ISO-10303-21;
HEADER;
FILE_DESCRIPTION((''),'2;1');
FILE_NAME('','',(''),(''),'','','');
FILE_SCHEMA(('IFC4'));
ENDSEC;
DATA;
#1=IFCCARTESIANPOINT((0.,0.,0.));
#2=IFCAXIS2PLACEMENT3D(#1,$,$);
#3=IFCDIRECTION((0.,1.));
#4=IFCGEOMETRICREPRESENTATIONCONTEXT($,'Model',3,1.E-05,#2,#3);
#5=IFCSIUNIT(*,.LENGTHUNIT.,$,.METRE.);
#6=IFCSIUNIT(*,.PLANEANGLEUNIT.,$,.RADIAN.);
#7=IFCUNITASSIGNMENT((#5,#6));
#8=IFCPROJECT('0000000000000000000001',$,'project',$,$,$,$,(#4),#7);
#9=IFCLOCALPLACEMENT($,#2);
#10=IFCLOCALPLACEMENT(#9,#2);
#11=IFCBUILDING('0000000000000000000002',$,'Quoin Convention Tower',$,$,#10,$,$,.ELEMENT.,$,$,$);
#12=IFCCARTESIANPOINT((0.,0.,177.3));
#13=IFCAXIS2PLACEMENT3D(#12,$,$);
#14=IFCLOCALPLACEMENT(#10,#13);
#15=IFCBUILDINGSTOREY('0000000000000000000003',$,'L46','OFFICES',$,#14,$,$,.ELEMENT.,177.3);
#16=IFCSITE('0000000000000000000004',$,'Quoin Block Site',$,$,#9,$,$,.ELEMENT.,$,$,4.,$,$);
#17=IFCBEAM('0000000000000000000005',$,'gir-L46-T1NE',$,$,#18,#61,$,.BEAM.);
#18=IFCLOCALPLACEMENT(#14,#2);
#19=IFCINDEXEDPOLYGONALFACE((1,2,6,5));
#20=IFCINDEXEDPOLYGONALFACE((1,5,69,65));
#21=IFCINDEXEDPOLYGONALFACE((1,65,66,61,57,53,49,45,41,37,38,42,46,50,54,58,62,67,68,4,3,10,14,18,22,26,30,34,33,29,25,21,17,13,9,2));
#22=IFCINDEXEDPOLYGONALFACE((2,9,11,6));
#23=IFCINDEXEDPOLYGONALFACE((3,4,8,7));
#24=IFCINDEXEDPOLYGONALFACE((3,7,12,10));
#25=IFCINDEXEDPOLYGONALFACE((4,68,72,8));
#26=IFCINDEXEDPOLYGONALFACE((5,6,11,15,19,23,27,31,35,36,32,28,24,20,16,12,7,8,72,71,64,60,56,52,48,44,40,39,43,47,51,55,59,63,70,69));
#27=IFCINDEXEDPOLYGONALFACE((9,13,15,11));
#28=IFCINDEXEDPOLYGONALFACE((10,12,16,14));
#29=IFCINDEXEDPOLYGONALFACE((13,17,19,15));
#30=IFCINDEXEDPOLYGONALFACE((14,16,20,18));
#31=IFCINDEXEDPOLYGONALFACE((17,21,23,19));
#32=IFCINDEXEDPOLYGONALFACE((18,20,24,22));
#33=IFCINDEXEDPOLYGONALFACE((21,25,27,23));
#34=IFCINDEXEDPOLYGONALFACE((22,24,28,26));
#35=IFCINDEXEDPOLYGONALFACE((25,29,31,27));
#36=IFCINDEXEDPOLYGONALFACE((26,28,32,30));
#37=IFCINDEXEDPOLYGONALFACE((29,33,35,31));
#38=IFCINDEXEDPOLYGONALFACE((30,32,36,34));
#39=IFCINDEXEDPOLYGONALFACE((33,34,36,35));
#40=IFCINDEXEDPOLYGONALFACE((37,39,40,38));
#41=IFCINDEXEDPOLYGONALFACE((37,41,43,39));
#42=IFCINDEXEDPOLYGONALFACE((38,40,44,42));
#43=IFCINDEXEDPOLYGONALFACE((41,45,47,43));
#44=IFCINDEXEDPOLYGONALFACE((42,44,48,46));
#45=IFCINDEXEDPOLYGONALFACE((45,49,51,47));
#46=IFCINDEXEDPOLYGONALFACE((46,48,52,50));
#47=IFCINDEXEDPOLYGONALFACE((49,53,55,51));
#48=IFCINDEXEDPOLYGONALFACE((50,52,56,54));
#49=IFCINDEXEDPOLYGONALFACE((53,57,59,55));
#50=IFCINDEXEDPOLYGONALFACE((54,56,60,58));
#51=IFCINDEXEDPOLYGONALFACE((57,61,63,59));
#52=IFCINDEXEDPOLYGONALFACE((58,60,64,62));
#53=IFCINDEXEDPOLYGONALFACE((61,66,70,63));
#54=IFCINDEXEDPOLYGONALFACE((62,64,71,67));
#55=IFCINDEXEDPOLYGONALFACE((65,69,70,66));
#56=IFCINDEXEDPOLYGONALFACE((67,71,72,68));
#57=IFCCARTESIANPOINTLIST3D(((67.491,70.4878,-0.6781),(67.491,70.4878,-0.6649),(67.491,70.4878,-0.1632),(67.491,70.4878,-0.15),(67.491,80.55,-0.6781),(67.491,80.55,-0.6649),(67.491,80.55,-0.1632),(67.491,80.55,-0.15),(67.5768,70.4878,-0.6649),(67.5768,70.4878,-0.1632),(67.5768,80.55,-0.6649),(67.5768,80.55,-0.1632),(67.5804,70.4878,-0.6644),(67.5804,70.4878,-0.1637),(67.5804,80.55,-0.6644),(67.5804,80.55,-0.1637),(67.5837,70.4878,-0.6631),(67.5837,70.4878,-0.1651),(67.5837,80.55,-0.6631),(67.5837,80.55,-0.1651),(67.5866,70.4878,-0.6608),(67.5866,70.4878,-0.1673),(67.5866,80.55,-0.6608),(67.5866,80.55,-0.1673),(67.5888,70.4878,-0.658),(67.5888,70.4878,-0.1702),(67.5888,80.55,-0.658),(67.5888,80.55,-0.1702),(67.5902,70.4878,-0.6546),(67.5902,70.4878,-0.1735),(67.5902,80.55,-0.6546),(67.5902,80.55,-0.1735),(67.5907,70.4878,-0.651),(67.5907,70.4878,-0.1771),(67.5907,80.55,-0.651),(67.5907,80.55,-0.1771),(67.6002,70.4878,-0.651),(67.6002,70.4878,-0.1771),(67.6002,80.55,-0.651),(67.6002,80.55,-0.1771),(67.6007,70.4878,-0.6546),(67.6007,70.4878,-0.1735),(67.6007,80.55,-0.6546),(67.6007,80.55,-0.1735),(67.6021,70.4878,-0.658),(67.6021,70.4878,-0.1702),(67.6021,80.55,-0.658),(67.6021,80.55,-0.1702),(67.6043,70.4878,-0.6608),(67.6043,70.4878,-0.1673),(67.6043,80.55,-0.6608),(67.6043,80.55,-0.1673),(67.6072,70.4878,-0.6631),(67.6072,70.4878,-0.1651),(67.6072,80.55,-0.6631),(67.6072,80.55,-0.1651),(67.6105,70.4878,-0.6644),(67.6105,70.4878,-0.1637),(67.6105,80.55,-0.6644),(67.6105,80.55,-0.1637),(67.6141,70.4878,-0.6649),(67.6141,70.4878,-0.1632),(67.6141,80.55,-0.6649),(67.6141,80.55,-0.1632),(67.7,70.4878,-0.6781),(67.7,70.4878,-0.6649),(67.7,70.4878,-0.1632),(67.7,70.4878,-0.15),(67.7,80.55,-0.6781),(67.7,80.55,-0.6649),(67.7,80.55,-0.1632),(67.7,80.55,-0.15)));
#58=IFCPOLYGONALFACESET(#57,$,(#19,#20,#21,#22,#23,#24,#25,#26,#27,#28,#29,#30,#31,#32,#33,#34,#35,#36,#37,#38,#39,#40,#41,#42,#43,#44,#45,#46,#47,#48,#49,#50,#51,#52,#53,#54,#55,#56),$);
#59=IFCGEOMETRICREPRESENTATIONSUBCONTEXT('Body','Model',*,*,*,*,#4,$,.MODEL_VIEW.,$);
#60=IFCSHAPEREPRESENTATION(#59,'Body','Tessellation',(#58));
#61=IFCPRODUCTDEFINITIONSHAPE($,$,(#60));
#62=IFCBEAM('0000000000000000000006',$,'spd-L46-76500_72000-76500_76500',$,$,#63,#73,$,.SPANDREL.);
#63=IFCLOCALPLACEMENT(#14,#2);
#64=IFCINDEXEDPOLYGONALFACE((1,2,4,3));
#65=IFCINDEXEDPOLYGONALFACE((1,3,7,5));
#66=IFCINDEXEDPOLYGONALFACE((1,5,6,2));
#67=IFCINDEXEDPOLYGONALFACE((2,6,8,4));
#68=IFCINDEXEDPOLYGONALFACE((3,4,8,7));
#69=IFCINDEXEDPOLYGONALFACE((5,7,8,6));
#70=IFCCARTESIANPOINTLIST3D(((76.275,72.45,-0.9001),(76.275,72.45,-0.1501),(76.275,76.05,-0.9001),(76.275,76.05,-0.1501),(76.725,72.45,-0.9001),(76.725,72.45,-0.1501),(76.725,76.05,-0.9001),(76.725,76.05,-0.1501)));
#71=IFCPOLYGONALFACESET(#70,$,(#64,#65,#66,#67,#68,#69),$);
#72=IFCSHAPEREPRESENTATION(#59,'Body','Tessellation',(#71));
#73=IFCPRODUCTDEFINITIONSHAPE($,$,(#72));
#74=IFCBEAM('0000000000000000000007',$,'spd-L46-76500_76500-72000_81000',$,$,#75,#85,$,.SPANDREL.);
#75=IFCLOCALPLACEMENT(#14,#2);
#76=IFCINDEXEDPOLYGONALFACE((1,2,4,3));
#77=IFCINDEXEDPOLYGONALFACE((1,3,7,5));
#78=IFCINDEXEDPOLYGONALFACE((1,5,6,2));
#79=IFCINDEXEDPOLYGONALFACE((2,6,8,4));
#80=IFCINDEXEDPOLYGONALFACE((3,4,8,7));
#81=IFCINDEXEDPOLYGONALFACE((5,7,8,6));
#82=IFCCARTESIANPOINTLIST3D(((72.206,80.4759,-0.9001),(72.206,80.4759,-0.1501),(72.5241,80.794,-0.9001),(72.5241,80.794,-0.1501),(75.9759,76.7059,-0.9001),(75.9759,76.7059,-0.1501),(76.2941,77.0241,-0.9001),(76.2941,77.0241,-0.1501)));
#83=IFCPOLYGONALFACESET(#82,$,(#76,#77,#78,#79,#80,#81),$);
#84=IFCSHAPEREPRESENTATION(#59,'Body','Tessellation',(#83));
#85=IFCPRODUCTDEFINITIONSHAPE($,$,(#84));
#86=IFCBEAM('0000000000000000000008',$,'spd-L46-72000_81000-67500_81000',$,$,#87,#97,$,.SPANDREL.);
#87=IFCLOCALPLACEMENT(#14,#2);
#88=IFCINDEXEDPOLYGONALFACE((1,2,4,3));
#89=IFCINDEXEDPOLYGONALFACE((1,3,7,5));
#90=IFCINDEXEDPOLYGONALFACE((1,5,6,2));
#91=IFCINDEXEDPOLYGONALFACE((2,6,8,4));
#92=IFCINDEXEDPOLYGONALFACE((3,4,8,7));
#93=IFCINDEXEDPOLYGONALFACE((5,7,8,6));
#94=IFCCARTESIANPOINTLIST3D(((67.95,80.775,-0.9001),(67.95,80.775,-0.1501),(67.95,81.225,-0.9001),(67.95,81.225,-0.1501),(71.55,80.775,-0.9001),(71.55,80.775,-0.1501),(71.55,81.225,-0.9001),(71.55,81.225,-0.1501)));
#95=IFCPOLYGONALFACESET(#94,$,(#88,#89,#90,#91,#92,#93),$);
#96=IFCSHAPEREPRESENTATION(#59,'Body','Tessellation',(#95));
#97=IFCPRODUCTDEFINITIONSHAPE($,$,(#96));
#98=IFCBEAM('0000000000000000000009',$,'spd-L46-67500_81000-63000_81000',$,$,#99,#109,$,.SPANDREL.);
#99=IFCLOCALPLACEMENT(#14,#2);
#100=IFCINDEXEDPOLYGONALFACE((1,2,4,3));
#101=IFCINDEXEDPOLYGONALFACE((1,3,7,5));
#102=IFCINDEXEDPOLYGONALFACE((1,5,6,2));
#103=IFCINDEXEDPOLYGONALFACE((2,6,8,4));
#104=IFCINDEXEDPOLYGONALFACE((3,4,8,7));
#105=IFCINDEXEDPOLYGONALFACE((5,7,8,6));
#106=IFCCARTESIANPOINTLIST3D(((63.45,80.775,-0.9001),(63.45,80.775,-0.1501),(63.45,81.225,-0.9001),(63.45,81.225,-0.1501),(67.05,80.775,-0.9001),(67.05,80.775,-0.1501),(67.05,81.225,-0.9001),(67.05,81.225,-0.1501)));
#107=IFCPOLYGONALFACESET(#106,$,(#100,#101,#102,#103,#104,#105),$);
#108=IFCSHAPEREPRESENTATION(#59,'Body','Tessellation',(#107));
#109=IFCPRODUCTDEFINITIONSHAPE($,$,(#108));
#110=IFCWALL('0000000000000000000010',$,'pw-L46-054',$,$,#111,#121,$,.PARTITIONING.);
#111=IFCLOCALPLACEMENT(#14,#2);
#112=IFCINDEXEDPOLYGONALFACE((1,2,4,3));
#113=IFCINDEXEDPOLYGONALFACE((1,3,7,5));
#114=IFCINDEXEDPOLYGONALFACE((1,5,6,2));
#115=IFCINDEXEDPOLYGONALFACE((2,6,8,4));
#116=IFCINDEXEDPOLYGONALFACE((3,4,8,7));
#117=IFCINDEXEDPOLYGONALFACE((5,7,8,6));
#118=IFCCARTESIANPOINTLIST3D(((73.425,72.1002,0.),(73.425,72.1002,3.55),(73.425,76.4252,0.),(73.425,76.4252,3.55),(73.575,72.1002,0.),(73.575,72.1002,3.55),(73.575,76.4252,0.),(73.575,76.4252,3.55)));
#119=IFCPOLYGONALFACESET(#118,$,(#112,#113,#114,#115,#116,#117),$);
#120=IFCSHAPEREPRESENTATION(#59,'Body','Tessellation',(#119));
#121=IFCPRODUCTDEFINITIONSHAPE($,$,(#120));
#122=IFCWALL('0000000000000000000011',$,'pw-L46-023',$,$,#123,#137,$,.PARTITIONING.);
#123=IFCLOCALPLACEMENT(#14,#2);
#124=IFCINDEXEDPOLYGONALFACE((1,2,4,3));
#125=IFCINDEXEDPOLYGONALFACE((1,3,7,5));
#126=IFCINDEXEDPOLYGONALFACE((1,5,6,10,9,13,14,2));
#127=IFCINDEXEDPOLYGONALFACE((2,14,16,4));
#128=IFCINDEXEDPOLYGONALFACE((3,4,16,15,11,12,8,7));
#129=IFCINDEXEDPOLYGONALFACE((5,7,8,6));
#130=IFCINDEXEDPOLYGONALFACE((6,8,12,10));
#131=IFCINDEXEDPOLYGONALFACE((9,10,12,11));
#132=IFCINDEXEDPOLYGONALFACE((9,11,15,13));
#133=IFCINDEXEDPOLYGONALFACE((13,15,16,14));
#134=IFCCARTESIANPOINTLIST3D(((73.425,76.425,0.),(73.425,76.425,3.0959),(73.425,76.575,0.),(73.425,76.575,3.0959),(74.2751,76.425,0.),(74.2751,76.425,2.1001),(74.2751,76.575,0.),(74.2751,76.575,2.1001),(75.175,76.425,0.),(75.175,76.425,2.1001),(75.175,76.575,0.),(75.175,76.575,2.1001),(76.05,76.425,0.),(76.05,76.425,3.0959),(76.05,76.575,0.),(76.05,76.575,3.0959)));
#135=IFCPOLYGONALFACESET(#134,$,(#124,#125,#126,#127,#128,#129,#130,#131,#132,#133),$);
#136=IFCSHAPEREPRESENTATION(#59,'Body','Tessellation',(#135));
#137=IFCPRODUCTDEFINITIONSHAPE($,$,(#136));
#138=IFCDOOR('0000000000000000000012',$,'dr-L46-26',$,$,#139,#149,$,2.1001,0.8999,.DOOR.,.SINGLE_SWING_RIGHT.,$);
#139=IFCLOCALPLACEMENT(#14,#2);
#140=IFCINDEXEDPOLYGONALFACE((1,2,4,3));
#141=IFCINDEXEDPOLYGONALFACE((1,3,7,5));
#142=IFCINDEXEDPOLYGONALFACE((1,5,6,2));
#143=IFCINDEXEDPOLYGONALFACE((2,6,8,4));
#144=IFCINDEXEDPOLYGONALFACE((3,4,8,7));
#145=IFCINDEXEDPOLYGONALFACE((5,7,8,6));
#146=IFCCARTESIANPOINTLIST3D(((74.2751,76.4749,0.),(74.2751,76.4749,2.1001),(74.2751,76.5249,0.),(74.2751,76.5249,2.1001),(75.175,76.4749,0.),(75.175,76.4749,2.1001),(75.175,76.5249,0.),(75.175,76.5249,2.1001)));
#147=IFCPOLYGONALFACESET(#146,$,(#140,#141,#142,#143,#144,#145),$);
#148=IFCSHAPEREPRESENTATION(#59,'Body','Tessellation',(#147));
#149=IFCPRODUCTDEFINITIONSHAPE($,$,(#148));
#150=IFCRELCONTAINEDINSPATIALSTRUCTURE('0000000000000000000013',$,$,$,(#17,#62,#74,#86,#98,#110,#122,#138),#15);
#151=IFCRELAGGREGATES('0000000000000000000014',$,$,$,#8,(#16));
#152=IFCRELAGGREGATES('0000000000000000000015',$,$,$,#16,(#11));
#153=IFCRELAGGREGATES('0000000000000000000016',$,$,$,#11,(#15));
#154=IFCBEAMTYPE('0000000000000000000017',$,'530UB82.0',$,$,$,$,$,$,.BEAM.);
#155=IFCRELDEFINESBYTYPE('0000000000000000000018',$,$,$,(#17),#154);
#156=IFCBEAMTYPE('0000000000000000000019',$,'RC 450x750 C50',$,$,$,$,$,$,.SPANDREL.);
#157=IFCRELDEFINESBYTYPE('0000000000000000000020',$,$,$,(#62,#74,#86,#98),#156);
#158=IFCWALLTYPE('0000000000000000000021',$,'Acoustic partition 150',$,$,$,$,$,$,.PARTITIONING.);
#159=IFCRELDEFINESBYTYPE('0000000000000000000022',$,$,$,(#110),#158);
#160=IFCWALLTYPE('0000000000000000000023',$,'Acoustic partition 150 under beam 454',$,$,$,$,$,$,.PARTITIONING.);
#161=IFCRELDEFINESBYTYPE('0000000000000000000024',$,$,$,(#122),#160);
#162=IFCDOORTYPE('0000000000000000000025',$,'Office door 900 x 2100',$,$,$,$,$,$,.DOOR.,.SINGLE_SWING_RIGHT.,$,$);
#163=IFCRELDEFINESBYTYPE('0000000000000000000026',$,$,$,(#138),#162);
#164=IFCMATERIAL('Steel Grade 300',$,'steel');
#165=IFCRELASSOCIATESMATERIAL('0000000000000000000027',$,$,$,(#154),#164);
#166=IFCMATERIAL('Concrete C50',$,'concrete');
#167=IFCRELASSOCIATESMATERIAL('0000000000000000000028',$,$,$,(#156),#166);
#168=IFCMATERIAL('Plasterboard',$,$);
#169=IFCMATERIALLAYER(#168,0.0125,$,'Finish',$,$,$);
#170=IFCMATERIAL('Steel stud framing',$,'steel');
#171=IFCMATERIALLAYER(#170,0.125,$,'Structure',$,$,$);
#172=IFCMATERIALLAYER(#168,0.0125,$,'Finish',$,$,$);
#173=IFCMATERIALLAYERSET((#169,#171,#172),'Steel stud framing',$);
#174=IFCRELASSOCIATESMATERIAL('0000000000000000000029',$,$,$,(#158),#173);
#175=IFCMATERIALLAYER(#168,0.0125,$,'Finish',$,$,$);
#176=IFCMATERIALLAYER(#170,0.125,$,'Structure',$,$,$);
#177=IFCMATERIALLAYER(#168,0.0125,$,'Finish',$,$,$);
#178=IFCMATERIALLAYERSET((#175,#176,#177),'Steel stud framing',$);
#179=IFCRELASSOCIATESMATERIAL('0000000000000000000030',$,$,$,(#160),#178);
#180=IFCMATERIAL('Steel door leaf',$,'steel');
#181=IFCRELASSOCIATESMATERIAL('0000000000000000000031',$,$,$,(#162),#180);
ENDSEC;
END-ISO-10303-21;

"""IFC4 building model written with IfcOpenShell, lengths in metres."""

from ifc_helpers import new_model, si_unit, direction, frame, frame_2d, origin, origin_2d, place, context, subcontext, project, spatial, rectangle, i_section, extrude, material, layer, layer_set, material_profile, profile_set, type_object, element, fill, save


model = new_model("IFC4")

# Units and contexts
model_context = context("Model", 3, precision=1e-05, world=origin(), true_north=direction((0.0, 1.0)))
body_context = subcontext(model_context, "Body", "Model", "MODEL_VIEW")
ifc_project = project(units=[si_unit("LENGTHUNIT", "METRE"), si_unit("PLANEANGLEUNIT", "RADIAN")], contexts=[model_context])

# Site, building, storey
site_placement = place(None, origin())
site = spatial("IfcSite", under=ifc_project, at=site_placement, Name="Quoin Block Site", CompositionType="ELEMENT", RefElevation=4.0)
building_placement = place(site_placement, origin())
building = spatial("IfcBuilding", under=site, at=building_placement, Name="Quoin Convention Tower", CompositionType="ELEMENT")
storey_placement = place(building_placement, frame((0.0, 0.0, 177.3)))
storey = spatial("IfcBuildingStorey", under=building, at=storey_placement, Name="L46", Description="OFFICES", CompositionType="ELEMENT", Elevation=177.3)

# Shared definitions
ifc_material_1 = material(Name="Concrete C50", Category="concrete")

# Beams
ifc_material_2 = material(Name="Steel Grade 300", Category="steel")
ifc_material_profile_1 = material_profile(ifc_material_2, i_section(OverallWidth=0.209, OverallDepth=0.5281, WebThickness=0.0095, FlangeThickness=0.0132, FilletRadius=0.0139, at=origin_2d()), Name="530UB82.0")
ifc_profile_set_1 = profile_set([ifc_material_profile_1], Name="Steel Grade 300")
beam_type_1 = type_object("IfcBeamType", Name="530UB82.0", PredefinedType="BEAM", material=ifc_profile_set_1)
beam_1_placement = place(storey_placement, frame((67.5955, 80.55, -0.4141), z_axis=(0.0, -1.0, 0.0), x_axis=(1.0, 0.0, 0.0)))
element("IfcBeam", 1, at=beam_1_placement, inside=storey, type_object=beam_type_1, Name="gir-L46-T1NE", PredefinedType="BEAM", context=body_context, shape_type="SweptSolid", body=[
    extrude(i_section(OverallWidth=0.209, OverallDepth=0.5281, WebThickness=0.0095, FlangeThickness=0.0132, FilletRadius=0.0139, at=origin_2d()), origin(), (0.0, 0.0, 1.0), 10.0623),
])
ifc_material_profile_2 = material_profile(ifc_material_1, rectangle(XDim=0.45, YDim=0.75, at=origin_2d()), Name="RC 450x750")
ifc_profile_set_2 = profile_set([ifc_material_profile_2], Name="Concrete C50")
beam_type_2 = type_object("IfcBeamType", Name="RC 450x750 C50", PredefinedType="SPANDREL", material=ifc_profile_set_2)
beam_2_placement = place(storey_placement, frame((76.5, 72.45, -0.5251), z_axis=(0.0, 1.0, 0.0), x_axis=(-1.0, 0.0, 0.0)))
element("IfcBeam", 2, at=beam_2_placement, inside=storey, type_object=beam_type_2, Name="spd-L46-76500_72000-76500_76500", PredefinedType="SPANDREL", context=body_context, shape_type="SweptSolid", body=[
    extrude(rectangle(XDim=0.45, YDim=0.75, at=origin_2d()), origin(), (0.0, 0.0, 1.0), 3.6001),
])
beam_3_placement = place(storey_placement, frame((76.135, 76.865, -0.5251), z_axis=(-0.707107, 0.707107, 0.0), x_axis=(-0.707107, -0.707107, 0.0)))
element("IfcBeam", 3, at=beam_3_placement, inside=storey, type_object=beam_type_2, Name="spd-L46-76500_76500-72000_81000", PredefinedType="SPANDREL", context=body_context, shape_type="SweptSolid", body=[
    extrude(rectangle(XDim=0.45, YDim=0.75, at=origin_2d()), origin(), (0.0, 0.0, 1.0), 5.3315),
])
for number, where, z_axis, x_axis, name in (
    (4, (71.55, 81.0, -0.5251), (-1.0, 0.0, 0.0), (0.0, -1.0, 0.0), "spd-L46-72000_81000-67500_81000"),
    (5, (67.05, 81.0, -0.5251), (-1.0, 0.0, 0.0), (0.0, -1.0, 0.0), "spd-L46-67500_81000-63000_81000"),
):
    element("IfcBeam", number, at=place(storey_placement, frame(where, z_axis=z_axis, x_axis=x_axis)), inside=storey, type_object=beam_type_2, Name=name, PredefinedType="SPANDREL", context=body_context, shape_type="SweptSolid", body=[
        extrude(rectangle(XDim=0.45, YDim=0.75, at=origin_2d()), origin(), (0.0, 0.0, 1.0), 3.6001),
    ])

# Wall
ifc_material_3 = material(Name="Plasterboard")
ifc_layer_1 = layer(ifc_material_3, 0.0125, Name="Finish")
ifc_material_4 = material(Name="Steel stud framing", Category="steel")
ifc_layer_2 = layer(ifc_material_4, 0.125, Name="Structure")
ifc_layer_3 = layer(ifc_material_3, 0.0125, Name="Finish")
ifc_layer_set_1 = layer_set([ifc_layer_1, ifc_layer_2, ifc_layer_3], Name="Steel stud framing")
wall_type_1 = type_object("IfcWallType", Name="Acoustic partition 150", PredefinedType="PARTITIONING", material=ifc_layer_set_1)
wall_1_placement = place(storey_placement, frame((73.5, 72.1001, 0.0), z_axis=(0.0, 0.0, 1.0), x_axis=(0.0, 1.0, 0.0)))
element("IfcWall", 6, at=wall_1_placement, inside=storey, type_object=wall_type_1, Name="pw-L46-054", PredefinedType="PARTITIONING", context=body_context, shape_type="SweptSolid", body=[
    extrude(rectangle(XDim=4.325, YDim=0.1499, at=frame_2d((2.1626, 0.0))), origin(), (0.0, 0.0, 1.0), 3.55),
])

# Wall, opening, door
ifc_layer_4 = layer(ifc_material_3, 0.0125, Name="Finish")
ifc_layer_5 = layer(ifc_material_4, 0.125, Name="Structure")
ifc_layer_6 = layer(ifc_material_3, 0.0125, Name="Finish")
ifc_layer_set_2 = layer_set([ifc_layer_4, ifc_layer_5, ifc_layer_6], Name="Steel stud framing")
wall_type_2 = type_object("IfcWallType", Name="Acoustic partition 150 under beam 454", PredefinedType="PARTITIONING", material=ifc_layer_set_2)
wall_2_placement = place(storey_placement, frame((73.425, 76.5, 0.0), z_axis=(0.0, 0.0, 1.0), x_axis=(1.0, 0.0, 0.0)))
wall_2 = element("IfcWall", 7, at=wall_2_placement, inside=storey, type_object=wall_type_2, Name="pw-L46-023", PredefinedType="PARTITIONING", context=body_context, shape_type="SweptSolid", body=[
    extrude(rectangle(XDim=2.625, YDim=0.1499, at=frame_2d((1.3125, 0.0))), origin(), (0.0, 0.0, 1.0), 3.0959),
])
opening_1_placement = place(wall_2_placement, frame((0.8501, 0.0, 0.0)))
opening_1 = element("IfcOpeningElement", 8, at=opening_1_placement, cuts=wall_2, PredefinedType="OPENING", context=body_context, shape_type="SweptSolid", body=[
    extrude(rectangle(XDim=0.8999, YDim=2.1001, at=frame_2d((0.45, 1.05))), frame((0.0, 0.085, 0.0), z_axis=(0.0, -1.0, 0.0), x_axis=(1.0, 0.0, 0.0)), (0.0, 0.0, 1.0), 0.1699),
])
ifc_material_5 = material(Name="Steel door leaf", Category="steel")
door_type = type_object("IfcDoorType", Name="Office door 900 x 2100", OperationType="SINGLE_SWING_RIGHT", PredefinedType="DOOR", material=ifc_material_5)
door_placement = place(opening_1_placement, origin())
door = element("IfcDoor", 9, at=door_placement, inside=storey, type_object=door_type, Name="dr-L46-26", OperationType="SINGLE_SWING_RIGHT", OverallHeight=2.1001, OverallWidth=0.8999, PredefinedType="DOOR", context=body_context, shape_type="SweptSolid", body=[
    extrude(rectangle(XDim=0.8999, YDim=2.1001, at=frame_2d((0.45, 1.05))), frame((0.0, 0.0249, 0.0), z_axis=(0.0, -1.0, 0.0), x_axis=(1.0, 0.0, 0.0)), (0.0, 0.0, 1.0), 0.05),
])
fill(opening_1, door)

save(model, "model.ifc")
